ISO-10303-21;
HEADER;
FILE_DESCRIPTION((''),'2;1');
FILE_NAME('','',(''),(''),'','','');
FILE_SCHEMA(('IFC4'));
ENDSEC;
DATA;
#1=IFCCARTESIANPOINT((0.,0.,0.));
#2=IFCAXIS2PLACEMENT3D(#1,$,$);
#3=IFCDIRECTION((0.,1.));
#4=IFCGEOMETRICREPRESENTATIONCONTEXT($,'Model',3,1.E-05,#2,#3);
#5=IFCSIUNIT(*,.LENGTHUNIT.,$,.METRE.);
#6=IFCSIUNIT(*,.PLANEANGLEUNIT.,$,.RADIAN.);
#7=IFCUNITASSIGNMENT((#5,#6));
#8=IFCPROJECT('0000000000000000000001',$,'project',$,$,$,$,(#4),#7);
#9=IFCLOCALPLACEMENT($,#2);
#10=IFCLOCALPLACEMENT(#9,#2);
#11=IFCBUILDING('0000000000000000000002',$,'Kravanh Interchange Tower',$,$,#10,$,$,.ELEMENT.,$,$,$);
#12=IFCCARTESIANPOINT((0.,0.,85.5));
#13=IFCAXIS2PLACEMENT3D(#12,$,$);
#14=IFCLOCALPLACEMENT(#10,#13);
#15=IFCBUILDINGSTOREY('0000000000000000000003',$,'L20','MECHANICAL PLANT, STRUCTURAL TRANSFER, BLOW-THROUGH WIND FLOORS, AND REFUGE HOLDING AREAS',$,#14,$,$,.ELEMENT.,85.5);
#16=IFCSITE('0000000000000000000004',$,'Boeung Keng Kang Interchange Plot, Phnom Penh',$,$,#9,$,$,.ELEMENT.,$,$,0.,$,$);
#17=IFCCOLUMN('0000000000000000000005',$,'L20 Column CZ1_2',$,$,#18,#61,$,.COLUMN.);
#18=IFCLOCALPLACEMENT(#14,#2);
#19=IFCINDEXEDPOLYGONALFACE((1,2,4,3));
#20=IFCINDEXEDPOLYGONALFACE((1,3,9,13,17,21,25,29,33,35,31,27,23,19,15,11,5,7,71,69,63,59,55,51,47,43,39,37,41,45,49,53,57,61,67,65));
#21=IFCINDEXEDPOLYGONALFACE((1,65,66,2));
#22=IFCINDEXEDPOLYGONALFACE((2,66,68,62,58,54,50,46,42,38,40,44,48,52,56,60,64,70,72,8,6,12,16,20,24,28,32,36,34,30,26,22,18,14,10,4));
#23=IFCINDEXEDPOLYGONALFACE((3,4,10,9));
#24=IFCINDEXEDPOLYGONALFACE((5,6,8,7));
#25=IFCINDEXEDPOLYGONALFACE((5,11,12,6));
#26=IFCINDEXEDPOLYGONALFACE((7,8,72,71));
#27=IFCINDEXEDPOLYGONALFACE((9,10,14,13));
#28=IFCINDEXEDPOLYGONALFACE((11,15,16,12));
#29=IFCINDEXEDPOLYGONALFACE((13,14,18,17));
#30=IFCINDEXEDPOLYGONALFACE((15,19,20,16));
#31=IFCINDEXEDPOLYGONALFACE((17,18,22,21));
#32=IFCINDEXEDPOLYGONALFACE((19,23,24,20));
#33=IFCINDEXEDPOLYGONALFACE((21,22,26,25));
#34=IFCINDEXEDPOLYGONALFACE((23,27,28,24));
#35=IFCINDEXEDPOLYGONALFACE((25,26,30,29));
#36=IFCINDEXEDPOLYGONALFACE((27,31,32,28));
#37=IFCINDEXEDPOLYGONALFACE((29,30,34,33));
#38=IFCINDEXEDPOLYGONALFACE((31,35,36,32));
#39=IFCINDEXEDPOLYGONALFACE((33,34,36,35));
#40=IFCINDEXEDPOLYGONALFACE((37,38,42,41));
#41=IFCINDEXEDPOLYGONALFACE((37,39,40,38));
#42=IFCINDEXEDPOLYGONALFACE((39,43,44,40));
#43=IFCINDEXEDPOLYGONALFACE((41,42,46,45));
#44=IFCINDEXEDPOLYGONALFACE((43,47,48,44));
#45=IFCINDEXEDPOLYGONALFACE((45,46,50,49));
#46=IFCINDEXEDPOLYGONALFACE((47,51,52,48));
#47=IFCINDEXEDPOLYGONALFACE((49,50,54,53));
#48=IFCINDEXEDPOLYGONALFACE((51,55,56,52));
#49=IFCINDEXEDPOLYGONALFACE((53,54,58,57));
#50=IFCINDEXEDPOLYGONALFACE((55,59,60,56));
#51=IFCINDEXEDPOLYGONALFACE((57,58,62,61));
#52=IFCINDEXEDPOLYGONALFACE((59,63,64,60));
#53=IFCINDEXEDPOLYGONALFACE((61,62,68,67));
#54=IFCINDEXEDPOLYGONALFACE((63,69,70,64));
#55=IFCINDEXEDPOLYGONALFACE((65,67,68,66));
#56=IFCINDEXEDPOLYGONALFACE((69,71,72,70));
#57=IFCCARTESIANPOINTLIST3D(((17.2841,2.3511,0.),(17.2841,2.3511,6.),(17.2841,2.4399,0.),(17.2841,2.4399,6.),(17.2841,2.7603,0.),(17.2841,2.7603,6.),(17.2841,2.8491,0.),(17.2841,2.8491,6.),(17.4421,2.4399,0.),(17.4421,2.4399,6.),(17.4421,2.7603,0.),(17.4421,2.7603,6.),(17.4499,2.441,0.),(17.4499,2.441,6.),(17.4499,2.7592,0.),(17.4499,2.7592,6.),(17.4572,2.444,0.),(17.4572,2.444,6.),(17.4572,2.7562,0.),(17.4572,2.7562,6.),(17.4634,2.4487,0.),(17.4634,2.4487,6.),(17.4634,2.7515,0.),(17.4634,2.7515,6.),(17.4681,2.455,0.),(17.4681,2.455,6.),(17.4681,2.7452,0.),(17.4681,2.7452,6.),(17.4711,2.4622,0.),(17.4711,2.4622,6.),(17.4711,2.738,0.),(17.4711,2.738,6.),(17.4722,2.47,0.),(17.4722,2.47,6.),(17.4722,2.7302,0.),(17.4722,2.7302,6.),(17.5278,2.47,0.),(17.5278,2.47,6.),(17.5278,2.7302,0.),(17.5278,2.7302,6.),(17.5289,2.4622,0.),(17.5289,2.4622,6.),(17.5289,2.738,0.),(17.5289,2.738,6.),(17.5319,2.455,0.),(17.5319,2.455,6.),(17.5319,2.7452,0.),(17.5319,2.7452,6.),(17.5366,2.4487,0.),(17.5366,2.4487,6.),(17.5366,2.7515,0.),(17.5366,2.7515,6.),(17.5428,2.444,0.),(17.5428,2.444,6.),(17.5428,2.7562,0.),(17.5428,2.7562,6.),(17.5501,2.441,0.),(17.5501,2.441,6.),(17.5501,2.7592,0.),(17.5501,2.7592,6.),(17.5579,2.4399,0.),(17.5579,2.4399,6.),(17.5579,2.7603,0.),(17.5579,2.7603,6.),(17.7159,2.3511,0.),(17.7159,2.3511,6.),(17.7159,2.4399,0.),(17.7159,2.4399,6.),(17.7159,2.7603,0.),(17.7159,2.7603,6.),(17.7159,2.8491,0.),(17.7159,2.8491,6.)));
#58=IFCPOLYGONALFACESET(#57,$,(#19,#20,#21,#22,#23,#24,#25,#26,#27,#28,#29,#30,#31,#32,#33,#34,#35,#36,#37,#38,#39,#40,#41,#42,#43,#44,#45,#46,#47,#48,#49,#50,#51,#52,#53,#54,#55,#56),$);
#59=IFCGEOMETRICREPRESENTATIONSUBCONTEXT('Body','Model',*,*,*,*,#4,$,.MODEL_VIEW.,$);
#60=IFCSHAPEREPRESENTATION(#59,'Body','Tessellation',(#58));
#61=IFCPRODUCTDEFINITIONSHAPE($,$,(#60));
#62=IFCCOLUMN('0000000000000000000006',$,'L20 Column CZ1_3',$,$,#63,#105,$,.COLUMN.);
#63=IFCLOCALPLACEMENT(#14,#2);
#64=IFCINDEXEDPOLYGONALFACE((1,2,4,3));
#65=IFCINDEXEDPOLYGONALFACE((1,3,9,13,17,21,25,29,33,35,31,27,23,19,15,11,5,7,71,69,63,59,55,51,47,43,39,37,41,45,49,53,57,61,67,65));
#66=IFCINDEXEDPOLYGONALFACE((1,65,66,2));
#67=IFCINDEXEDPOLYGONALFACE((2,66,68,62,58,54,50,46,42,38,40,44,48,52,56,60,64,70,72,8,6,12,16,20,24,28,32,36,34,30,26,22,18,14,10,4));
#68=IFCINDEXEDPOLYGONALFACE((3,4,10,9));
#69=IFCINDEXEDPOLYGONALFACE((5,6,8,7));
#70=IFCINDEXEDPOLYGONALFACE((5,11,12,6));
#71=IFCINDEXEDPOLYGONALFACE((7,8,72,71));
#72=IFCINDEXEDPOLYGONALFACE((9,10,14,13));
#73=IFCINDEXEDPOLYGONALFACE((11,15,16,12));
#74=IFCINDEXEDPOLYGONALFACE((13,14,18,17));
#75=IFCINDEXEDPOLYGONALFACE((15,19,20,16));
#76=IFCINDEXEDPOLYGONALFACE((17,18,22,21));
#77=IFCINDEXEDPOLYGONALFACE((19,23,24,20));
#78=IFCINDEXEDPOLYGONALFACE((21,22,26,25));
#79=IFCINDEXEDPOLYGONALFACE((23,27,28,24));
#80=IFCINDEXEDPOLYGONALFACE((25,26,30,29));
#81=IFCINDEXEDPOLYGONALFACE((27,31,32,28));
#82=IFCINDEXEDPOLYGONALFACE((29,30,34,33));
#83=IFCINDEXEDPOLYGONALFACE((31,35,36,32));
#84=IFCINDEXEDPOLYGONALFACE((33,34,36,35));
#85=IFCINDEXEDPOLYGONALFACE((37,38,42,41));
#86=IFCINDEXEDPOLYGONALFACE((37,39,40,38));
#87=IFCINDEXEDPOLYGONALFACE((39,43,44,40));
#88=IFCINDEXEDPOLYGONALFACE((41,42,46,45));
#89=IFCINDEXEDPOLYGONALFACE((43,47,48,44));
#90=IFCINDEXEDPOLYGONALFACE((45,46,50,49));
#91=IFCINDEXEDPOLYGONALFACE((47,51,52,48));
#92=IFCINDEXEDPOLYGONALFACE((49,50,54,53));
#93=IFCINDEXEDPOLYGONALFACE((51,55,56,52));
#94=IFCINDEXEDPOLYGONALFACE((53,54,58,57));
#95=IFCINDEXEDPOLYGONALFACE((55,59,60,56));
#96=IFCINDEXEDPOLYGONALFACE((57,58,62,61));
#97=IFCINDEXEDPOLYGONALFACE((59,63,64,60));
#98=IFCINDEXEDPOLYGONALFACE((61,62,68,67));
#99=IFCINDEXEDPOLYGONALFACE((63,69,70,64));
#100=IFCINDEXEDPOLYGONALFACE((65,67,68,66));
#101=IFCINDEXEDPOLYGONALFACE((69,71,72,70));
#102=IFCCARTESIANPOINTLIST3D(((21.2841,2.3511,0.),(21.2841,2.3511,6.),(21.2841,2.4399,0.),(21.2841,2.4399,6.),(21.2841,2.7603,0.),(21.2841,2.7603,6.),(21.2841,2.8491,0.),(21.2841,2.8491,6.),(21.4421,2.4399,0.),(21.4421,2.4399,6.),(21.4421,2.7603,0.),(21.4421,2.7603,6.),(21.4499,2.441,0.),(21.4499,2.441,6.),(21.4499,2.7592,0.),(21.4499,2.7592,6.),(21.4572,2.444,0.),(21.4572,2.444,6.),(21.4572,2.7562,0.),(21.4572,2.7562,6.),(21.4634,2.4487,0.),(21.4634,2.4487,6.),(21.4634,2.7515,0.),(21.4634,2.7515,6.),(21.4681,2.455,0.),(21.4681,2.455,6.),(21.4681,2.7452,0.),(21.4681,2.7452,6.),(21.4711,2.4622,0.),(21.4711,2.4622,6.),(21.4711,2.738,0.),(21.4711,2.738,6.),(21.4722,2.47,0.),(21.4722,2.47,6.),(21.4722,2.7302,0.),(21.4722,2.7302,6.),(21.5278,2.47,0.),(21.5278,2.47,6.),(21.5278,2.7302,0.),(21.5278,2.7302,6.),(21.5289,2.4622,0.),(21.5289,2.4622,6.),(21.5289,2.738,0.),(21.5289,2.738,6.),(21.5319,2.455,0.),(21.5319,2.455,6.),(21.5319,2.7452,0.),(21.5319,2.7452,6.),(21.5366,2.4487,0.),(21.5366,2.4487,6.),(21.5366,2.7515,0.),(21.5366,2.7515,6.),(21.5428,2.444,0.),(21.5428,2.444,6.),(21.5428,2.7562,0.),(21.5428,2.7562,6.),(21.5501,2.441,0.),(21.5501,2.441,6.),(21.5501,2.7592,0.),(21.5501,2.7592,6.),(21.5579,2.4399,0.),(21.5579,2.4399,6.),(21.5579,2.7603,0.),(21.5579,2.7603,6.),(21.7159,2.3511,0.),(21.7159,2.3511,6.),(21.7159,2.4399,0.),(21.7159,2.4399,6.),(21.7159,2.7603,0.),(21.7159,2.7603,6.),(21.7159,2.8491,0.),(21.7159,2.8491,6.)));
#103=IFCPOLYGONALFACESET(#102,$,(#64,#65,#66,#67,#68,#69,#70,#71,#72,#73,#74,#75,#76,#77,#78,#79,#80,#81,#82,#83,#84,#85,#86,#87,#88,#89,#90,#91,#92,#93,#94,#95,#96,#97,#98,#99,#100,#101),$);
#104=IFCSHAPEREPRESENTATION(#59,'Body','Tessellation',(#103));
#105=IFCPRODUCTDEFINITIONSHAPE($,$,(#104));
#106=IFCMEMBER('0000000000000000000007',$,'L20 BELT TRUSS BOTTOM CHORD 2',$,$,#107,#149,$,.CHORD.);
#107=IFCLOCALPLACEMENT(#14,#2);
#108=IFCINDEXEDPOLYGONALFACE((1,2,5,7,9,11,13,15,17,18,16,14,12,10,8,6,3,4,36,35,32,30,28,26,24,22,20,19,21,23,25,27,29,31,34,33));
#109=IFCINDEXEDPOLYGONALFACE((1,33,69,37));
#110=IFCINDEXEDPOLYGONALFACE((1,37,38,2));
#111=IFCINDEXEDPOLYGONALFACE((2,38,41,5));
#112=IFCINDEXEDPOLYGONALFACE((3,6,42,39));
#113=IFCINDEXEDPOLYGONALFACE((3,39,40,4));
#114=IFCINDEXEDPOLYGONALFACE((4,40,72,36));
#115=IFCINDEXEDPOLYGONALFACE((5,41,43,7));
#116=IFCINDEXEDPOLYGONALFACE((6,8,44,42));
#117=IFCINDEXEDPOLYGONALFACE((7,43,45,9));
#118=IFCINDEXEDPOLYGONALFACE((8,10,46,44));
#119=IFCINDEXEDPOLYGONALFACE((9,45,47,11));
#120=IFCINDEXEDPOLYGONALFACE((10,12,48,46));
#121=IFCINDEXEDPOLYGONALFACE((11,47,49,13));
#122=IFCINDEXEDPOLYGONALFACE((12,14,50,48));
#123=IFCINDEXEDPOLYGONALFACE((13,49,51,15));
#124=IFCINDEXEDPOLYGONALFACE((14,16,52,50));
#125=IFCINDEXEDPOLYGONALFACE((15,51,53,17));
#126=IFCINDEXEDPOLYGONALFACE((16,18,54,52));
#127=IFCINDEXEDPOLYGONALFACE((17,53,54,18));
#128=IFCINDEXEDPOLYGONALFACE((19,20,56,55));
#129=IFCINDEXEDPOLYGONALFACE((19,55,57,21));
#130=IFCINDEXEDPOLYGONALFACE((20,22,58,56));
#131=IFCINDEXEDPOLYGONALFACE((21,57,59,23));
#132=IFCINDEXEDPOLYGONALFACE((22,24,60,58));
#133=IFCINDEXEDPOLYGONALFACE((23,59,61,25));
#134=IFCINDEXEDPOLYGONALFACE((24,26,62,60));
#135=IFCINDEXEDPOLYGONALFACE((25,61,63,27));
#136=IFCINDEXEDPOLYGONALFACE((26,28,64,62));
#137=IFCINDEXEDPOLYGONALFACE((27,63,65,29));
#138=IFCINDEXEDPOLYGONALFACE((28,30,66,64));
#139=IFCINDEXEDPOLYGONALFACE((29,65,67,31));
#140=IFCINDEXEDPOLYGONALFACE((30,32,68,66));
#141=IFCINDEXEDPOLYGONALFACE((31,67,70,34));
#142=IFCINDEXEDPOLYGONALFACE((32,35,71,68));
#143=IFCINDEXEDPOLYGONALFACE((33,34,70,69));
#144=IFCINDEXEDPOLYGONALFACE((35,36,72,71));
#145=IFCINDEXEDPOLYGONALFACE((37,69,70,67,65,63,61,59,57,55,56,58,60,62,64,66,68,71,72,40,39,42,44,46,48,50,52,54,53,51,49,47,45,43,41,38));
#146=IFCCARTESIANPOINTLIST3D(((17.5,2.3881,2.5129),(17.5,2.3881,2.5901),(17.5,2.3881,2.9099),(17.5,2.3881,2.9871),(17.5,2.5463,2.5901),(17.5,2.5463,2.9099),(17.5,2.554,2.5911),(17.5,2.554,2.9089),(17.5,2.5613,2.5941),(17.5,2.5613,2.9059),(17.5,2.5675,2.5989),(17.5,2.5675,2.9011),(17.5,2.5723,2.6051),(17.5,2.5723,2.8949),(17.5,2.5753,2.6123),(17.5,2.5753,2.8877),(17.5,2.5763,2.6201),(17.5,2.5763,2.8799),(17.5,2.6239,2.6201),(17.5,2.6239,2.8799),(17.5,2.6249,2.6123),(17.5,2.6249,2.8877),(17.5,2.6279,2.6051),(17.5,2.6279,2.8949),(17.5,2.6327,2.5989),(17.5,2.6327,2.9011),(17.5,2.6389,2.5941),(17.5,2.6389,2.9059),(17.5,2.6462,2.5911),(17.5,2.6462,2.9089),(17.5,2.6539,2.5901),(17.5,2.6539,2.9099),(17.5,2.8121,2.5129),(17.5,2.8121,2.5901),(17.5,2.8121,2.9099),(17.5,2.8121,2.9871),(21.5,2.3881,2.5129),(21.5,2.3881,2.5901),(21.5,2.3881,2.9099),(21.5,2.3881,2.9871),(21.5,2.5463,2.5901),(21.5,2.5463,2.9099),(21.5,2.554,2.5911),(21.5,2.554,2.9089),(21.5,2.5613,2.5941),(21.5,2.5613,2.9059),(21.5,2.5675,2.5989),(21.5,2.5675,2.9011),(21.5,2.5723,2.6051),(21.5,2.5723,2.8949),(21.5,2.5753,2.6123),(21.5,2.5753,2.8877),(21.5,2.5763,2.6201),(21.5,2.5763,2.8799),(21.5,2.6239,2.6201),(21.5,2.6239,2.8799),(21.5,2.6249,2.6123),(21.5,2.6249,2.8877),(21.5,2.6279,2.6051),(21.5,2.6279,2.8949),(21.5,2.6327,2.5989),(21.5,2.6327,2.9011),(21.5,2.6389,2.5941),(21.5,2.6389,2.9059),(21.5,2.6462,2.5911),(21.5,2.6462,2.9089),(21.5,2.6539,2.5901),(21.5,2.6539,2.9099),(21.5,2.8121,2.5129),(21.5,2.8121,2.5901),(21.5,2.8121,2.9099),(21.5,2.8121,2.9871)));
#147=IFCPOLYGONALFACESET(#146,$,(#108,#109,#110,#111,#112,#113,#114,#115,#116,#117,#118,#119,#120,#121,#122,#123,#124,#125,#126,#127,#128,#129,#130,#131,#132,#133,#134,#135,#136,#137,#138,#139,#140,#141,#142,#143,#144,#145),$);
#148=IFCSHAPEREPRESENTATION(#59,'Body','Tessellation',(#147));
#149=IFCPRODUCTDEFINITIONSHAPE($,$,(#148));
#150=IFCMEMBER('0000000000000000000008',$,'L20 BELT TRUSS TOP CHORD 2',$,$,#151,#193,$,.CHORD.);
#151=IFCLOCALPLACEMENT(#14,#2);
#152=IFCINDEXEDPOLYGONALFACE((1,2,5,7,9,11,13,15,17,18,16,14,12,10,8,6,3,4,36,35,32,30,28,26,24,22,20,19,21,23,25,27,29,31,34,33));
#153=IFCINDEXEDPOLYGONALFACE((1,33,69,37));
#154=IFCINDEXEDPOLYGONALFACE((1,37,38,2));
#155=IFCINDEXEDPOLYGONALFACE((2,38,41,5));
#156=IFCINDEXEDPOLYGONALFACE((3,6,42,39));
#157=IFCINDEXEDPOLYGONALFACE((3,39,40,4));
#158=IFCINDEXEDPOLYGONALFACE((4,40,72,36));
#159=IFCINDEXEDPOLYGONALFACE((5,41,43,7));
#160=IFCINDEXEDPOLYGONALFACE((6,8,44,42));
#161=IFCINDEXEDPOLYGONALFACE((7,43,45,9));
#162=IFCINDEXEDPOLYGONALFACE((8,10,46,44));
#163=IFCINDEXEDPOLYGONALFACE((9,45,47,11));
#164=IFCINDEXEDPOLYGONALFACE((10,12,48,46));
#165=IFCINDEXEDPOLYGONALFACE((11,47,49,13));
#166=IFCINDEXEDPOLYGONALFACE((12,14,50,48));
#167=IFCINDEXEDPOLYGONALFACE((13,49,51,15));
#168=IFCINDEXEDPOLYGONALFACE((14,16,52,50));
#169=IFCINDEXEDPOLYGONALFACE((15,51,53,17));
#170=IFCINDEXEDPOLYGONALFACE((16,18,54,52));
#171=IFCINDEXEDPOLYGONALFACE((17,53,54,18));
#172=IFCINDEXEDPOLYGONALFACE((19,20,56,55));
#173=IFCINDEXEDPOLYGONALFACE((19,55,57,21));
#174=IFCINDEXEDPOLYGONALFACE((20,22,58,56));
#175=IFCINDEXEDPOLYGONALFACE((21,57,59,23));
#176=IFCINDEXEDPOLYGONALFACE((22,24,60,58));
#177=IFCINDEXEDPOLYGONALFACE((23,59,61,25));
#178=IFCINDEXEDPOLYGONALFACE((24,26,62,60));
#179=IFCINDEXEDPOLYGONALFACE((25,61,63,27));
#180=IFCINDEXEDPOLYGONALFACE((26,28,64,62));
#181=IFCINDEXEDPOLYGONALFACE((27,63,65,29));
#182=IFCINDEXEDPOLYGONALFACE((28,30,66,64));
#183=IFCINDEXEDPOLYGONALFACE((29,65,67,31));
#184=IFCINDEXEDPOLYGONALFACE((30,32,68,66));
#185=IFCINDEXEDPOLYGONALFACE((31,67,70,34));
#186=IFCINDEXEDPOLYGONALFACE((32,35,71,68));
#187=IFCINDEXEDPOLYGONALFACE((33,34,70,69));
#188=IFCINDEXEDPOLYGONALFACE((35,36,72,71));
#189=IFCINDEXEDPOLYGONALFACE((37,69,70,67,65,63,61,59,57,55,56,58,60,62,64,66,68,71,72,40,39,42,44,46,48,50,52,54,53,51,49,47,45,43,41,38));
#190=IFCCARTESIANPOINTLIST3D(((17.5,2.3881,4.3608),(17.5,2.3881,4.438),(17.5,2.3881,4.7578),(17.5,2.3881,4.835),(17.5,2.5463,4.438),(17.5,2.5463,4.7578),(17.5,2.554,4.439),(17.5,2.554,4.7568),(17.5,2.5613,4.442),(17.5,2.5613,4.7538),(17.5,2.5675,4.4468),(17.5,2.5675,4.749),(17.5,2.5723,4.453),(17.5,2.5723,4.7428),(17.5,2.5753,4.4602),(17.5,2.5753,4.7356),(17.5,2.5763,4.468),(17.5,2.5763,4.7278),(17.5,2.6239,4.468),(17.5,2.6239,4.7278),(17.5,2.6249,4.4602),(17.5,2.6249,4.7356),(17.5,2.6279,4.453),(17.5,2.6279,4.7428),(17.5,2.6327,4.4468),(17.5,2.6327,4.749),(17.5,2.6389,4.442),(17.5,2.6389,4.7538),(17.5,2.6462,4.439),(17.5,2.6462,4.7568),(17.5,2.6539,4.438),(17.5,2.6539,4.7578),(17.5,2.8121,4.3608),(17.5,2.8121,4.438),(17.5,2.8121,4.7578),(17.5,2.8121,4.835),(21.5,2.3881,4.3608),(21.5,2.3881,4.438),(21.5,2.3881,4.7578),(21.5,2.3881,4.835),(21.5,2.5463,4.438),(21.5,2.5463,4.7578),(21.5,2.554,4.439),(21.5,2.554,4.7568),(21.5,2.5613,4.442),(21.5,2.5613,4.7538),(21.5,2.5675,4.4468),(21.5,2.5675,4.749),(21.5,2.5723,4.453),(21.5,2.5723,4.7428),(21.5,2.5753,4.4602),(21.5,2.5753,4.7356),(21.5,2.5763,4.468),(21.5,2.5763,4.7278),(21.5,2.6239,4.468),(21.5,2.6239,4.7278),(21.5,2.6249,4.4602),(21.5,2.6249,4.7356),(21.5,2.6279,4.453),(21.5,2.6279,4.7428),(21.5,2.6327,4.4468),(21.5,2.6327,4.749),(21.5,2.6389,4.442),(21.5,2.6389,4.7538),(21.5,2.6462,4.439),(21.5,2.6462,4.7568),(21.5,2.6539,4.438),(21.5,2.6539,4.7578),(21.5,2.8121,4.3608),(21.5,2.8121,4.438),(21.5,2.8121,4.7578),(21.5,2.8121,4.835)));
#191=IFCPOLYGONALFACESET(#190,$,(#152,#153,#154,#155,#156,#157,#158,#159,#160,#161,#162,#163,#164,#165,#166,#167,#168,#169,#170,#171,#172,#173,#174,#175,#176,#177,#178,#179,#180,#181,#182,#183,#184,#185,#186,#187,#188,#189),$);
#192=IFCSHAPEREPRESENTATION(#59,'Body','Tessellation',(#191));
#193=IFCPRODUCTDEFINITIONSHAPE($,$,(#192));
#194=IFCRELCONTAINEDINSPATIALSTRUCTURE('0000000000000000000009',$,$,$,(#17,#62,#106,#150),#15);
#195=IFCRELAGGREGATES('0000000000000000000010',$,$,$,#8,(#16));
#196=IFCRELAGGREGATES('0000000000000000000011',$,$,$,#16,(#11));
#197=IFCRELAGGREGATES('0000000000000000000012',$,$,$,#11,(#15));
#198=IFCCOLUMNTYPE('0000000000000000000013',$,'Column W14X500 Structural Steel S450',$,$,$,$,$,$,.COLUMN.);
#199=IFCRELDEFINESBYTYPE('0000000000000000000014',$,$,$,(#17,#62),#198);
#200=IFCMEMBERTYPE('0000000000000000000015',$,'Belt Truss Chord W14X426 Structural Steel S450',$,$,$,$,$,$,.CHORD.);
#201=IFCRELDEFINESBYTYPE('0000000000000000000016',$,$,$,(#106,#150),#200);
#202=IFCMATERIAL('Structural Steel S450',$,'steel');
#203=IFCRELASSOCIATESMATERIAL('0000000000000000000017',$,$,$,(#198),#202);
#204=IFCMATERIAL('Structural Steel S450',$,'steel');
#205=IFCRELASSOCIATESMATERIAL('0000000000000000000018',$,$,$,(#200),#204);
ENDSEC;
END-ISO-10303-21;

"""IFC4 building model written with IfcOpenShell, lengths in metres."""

from ifc_helpers import new_model, si_unit, direction, frame, origin, origin_2d, place, context, subcontext, project, spatial, i_section, extrude, material, material_profile, profile_set, type_object, element, save


model = new_model("IFC4")

# Units and contexts
model_context = context("Model", 3, precision=1e-05, world=origin(), true_north=direction((0.0, 1.0)))
body_context = subcontext(model_context, "Body", "Model", "MODEL_VIEW")
ifc_project = project(units=[si_unit("LENGTHUNIT", "METRE"), si_unit("PLANEANGLEUNIT", "RADIAN")], contexts=[model_context])

# Site, building, storey
site_placement = place(None, origin())
site = spatial("IfcSite", under=ifc_project, at=site_placement, Name="Boeung Keng Kang Interchange Plot, Phnom Penh", CompositionType="ELEMENT", RefElevation=0.0)
building_placement = place(site_placement, origin())
building = spatial("IfcBuilding", under=site, at=building_placement, Name="Kravanh Interchange Tower", CompositionType="ELEMENT")
storey_placement = place(building_placement, frame((0.0, 0.0, 85.5)))
storey = spatial("IfcBuildingStorey", under=building, at=storey_placement, Name="L20", Description="MECHANICAL PLANT, STRUCTURAL TRANSFER, BLOW-THROUGH WIND FLOORS, AND REFUGE HOLDING AREAS", CompositionType="ELEMENT", Elevation=85.5)

# Columns
ifc_material_1 = material(Name="Structural Steel S450", Category="steel")
ifc_material_profile_1 = material_profile(ifc_material_1, i_section(OverallWidth=0.4319, OverallDepth=0.498, WebThickness=0.0557, FlangeThickness=0.0889, FilletRadius=0.03, at=origin_2d()), Name="W14X500")
ifc_profile_set_1 = profile_set([ifc_material_profile_1], Name="Structural Steel S450")
column_type = type_object("IfcColumnType", Name="Column W14X500 Structural Steel S450", PredefinedType="COLUMN", material=ifc_profile_set_1)
for number, where, z_axis, x_axis, name in (
    (1, (17.5, 2.6001, 0.0), (0.0, 0.0, 1.0), (1.0, 0.0, 0.0), "L20 Column CZ1_2"),
    (2, (21.5, 2.6001, 0.0), (0.0, 0.0, 1.0), (1.0, 0.0, 0.0), "L20 Column CZ1_3"),
):
    element("IfcColumn", number, at=place(storey_placement, frame(where, z_axis=z_axis, x_axis=x_axis)), inside=storey, type_object=column_type, Name=name, PredefinedType="COLUMN", context=body_context, shape_type="SweptSolid", body=[
        extrude(i_section(OverallWidth=0.4319, OverallDepth=0.498, WebThickness=0.0557, FlangeThickness=0.0889, FilletRadius=0.03, at=origin_2d()), origin(), (0.0, 0.0, 1.0), 6.0),
    ])

# Members
ifc_material_2 = material(Name="Structural Steel S450", Category="steel")
ifc_material_profile_2 = material_profile(ifc_material_2, i_section(OverallWidth=0.4241, OverallDepth=0.4741, WebThickness=0.0476, FlangeThickness=0.0771, FilletRadius=0.03, at=origin_2d()), Name="W14X426")
ifc_profile_set_2 = profile_set([ifc_material_profile_2], Name="Structural Steel S450")
member_type_1 = type_object("IfcMemberType", Name="Belt Truss Chord W14X426 Structural Steel S450", PredefinedType="CHORD", material=ifc_profile_set_2)
for number, where, z_axis, x_axis, name in (
    (3, (17.5, 2.6001, 2.75), (1.0, 0.0, 0.0), (0.0, 1.0, 0.0), "L20 BELT TRUSS BOTTOM CHORD 2"),
    (4, (17.5, 2.6001, 4.5979), (1.0, 0.0, 0.0), (0.0, 1.0, 0.0), "L20 BELT TRUSS TOP CHORD 2"),
):
    element("IfcMember", number, at=place(storey_placement, frame(where, z_axis=z_axis, x_axis=x_axis)), inside=storey, type_object=member_type_1, Name=name, PredefinedType="CHORD", context=body_context, shape_type="SweptSolid", body=[
        extrude(i_section(OverallWidth=0.4241, OverallDepth=0.4741, WebThickness=0.0476, FlangeThickness=0.0771, FilletRadius=0.03, at=origin_2d()), origin(), (0.0, 0.0, 1.0), 4.0),
    ])

save(model, "model.ifc")
